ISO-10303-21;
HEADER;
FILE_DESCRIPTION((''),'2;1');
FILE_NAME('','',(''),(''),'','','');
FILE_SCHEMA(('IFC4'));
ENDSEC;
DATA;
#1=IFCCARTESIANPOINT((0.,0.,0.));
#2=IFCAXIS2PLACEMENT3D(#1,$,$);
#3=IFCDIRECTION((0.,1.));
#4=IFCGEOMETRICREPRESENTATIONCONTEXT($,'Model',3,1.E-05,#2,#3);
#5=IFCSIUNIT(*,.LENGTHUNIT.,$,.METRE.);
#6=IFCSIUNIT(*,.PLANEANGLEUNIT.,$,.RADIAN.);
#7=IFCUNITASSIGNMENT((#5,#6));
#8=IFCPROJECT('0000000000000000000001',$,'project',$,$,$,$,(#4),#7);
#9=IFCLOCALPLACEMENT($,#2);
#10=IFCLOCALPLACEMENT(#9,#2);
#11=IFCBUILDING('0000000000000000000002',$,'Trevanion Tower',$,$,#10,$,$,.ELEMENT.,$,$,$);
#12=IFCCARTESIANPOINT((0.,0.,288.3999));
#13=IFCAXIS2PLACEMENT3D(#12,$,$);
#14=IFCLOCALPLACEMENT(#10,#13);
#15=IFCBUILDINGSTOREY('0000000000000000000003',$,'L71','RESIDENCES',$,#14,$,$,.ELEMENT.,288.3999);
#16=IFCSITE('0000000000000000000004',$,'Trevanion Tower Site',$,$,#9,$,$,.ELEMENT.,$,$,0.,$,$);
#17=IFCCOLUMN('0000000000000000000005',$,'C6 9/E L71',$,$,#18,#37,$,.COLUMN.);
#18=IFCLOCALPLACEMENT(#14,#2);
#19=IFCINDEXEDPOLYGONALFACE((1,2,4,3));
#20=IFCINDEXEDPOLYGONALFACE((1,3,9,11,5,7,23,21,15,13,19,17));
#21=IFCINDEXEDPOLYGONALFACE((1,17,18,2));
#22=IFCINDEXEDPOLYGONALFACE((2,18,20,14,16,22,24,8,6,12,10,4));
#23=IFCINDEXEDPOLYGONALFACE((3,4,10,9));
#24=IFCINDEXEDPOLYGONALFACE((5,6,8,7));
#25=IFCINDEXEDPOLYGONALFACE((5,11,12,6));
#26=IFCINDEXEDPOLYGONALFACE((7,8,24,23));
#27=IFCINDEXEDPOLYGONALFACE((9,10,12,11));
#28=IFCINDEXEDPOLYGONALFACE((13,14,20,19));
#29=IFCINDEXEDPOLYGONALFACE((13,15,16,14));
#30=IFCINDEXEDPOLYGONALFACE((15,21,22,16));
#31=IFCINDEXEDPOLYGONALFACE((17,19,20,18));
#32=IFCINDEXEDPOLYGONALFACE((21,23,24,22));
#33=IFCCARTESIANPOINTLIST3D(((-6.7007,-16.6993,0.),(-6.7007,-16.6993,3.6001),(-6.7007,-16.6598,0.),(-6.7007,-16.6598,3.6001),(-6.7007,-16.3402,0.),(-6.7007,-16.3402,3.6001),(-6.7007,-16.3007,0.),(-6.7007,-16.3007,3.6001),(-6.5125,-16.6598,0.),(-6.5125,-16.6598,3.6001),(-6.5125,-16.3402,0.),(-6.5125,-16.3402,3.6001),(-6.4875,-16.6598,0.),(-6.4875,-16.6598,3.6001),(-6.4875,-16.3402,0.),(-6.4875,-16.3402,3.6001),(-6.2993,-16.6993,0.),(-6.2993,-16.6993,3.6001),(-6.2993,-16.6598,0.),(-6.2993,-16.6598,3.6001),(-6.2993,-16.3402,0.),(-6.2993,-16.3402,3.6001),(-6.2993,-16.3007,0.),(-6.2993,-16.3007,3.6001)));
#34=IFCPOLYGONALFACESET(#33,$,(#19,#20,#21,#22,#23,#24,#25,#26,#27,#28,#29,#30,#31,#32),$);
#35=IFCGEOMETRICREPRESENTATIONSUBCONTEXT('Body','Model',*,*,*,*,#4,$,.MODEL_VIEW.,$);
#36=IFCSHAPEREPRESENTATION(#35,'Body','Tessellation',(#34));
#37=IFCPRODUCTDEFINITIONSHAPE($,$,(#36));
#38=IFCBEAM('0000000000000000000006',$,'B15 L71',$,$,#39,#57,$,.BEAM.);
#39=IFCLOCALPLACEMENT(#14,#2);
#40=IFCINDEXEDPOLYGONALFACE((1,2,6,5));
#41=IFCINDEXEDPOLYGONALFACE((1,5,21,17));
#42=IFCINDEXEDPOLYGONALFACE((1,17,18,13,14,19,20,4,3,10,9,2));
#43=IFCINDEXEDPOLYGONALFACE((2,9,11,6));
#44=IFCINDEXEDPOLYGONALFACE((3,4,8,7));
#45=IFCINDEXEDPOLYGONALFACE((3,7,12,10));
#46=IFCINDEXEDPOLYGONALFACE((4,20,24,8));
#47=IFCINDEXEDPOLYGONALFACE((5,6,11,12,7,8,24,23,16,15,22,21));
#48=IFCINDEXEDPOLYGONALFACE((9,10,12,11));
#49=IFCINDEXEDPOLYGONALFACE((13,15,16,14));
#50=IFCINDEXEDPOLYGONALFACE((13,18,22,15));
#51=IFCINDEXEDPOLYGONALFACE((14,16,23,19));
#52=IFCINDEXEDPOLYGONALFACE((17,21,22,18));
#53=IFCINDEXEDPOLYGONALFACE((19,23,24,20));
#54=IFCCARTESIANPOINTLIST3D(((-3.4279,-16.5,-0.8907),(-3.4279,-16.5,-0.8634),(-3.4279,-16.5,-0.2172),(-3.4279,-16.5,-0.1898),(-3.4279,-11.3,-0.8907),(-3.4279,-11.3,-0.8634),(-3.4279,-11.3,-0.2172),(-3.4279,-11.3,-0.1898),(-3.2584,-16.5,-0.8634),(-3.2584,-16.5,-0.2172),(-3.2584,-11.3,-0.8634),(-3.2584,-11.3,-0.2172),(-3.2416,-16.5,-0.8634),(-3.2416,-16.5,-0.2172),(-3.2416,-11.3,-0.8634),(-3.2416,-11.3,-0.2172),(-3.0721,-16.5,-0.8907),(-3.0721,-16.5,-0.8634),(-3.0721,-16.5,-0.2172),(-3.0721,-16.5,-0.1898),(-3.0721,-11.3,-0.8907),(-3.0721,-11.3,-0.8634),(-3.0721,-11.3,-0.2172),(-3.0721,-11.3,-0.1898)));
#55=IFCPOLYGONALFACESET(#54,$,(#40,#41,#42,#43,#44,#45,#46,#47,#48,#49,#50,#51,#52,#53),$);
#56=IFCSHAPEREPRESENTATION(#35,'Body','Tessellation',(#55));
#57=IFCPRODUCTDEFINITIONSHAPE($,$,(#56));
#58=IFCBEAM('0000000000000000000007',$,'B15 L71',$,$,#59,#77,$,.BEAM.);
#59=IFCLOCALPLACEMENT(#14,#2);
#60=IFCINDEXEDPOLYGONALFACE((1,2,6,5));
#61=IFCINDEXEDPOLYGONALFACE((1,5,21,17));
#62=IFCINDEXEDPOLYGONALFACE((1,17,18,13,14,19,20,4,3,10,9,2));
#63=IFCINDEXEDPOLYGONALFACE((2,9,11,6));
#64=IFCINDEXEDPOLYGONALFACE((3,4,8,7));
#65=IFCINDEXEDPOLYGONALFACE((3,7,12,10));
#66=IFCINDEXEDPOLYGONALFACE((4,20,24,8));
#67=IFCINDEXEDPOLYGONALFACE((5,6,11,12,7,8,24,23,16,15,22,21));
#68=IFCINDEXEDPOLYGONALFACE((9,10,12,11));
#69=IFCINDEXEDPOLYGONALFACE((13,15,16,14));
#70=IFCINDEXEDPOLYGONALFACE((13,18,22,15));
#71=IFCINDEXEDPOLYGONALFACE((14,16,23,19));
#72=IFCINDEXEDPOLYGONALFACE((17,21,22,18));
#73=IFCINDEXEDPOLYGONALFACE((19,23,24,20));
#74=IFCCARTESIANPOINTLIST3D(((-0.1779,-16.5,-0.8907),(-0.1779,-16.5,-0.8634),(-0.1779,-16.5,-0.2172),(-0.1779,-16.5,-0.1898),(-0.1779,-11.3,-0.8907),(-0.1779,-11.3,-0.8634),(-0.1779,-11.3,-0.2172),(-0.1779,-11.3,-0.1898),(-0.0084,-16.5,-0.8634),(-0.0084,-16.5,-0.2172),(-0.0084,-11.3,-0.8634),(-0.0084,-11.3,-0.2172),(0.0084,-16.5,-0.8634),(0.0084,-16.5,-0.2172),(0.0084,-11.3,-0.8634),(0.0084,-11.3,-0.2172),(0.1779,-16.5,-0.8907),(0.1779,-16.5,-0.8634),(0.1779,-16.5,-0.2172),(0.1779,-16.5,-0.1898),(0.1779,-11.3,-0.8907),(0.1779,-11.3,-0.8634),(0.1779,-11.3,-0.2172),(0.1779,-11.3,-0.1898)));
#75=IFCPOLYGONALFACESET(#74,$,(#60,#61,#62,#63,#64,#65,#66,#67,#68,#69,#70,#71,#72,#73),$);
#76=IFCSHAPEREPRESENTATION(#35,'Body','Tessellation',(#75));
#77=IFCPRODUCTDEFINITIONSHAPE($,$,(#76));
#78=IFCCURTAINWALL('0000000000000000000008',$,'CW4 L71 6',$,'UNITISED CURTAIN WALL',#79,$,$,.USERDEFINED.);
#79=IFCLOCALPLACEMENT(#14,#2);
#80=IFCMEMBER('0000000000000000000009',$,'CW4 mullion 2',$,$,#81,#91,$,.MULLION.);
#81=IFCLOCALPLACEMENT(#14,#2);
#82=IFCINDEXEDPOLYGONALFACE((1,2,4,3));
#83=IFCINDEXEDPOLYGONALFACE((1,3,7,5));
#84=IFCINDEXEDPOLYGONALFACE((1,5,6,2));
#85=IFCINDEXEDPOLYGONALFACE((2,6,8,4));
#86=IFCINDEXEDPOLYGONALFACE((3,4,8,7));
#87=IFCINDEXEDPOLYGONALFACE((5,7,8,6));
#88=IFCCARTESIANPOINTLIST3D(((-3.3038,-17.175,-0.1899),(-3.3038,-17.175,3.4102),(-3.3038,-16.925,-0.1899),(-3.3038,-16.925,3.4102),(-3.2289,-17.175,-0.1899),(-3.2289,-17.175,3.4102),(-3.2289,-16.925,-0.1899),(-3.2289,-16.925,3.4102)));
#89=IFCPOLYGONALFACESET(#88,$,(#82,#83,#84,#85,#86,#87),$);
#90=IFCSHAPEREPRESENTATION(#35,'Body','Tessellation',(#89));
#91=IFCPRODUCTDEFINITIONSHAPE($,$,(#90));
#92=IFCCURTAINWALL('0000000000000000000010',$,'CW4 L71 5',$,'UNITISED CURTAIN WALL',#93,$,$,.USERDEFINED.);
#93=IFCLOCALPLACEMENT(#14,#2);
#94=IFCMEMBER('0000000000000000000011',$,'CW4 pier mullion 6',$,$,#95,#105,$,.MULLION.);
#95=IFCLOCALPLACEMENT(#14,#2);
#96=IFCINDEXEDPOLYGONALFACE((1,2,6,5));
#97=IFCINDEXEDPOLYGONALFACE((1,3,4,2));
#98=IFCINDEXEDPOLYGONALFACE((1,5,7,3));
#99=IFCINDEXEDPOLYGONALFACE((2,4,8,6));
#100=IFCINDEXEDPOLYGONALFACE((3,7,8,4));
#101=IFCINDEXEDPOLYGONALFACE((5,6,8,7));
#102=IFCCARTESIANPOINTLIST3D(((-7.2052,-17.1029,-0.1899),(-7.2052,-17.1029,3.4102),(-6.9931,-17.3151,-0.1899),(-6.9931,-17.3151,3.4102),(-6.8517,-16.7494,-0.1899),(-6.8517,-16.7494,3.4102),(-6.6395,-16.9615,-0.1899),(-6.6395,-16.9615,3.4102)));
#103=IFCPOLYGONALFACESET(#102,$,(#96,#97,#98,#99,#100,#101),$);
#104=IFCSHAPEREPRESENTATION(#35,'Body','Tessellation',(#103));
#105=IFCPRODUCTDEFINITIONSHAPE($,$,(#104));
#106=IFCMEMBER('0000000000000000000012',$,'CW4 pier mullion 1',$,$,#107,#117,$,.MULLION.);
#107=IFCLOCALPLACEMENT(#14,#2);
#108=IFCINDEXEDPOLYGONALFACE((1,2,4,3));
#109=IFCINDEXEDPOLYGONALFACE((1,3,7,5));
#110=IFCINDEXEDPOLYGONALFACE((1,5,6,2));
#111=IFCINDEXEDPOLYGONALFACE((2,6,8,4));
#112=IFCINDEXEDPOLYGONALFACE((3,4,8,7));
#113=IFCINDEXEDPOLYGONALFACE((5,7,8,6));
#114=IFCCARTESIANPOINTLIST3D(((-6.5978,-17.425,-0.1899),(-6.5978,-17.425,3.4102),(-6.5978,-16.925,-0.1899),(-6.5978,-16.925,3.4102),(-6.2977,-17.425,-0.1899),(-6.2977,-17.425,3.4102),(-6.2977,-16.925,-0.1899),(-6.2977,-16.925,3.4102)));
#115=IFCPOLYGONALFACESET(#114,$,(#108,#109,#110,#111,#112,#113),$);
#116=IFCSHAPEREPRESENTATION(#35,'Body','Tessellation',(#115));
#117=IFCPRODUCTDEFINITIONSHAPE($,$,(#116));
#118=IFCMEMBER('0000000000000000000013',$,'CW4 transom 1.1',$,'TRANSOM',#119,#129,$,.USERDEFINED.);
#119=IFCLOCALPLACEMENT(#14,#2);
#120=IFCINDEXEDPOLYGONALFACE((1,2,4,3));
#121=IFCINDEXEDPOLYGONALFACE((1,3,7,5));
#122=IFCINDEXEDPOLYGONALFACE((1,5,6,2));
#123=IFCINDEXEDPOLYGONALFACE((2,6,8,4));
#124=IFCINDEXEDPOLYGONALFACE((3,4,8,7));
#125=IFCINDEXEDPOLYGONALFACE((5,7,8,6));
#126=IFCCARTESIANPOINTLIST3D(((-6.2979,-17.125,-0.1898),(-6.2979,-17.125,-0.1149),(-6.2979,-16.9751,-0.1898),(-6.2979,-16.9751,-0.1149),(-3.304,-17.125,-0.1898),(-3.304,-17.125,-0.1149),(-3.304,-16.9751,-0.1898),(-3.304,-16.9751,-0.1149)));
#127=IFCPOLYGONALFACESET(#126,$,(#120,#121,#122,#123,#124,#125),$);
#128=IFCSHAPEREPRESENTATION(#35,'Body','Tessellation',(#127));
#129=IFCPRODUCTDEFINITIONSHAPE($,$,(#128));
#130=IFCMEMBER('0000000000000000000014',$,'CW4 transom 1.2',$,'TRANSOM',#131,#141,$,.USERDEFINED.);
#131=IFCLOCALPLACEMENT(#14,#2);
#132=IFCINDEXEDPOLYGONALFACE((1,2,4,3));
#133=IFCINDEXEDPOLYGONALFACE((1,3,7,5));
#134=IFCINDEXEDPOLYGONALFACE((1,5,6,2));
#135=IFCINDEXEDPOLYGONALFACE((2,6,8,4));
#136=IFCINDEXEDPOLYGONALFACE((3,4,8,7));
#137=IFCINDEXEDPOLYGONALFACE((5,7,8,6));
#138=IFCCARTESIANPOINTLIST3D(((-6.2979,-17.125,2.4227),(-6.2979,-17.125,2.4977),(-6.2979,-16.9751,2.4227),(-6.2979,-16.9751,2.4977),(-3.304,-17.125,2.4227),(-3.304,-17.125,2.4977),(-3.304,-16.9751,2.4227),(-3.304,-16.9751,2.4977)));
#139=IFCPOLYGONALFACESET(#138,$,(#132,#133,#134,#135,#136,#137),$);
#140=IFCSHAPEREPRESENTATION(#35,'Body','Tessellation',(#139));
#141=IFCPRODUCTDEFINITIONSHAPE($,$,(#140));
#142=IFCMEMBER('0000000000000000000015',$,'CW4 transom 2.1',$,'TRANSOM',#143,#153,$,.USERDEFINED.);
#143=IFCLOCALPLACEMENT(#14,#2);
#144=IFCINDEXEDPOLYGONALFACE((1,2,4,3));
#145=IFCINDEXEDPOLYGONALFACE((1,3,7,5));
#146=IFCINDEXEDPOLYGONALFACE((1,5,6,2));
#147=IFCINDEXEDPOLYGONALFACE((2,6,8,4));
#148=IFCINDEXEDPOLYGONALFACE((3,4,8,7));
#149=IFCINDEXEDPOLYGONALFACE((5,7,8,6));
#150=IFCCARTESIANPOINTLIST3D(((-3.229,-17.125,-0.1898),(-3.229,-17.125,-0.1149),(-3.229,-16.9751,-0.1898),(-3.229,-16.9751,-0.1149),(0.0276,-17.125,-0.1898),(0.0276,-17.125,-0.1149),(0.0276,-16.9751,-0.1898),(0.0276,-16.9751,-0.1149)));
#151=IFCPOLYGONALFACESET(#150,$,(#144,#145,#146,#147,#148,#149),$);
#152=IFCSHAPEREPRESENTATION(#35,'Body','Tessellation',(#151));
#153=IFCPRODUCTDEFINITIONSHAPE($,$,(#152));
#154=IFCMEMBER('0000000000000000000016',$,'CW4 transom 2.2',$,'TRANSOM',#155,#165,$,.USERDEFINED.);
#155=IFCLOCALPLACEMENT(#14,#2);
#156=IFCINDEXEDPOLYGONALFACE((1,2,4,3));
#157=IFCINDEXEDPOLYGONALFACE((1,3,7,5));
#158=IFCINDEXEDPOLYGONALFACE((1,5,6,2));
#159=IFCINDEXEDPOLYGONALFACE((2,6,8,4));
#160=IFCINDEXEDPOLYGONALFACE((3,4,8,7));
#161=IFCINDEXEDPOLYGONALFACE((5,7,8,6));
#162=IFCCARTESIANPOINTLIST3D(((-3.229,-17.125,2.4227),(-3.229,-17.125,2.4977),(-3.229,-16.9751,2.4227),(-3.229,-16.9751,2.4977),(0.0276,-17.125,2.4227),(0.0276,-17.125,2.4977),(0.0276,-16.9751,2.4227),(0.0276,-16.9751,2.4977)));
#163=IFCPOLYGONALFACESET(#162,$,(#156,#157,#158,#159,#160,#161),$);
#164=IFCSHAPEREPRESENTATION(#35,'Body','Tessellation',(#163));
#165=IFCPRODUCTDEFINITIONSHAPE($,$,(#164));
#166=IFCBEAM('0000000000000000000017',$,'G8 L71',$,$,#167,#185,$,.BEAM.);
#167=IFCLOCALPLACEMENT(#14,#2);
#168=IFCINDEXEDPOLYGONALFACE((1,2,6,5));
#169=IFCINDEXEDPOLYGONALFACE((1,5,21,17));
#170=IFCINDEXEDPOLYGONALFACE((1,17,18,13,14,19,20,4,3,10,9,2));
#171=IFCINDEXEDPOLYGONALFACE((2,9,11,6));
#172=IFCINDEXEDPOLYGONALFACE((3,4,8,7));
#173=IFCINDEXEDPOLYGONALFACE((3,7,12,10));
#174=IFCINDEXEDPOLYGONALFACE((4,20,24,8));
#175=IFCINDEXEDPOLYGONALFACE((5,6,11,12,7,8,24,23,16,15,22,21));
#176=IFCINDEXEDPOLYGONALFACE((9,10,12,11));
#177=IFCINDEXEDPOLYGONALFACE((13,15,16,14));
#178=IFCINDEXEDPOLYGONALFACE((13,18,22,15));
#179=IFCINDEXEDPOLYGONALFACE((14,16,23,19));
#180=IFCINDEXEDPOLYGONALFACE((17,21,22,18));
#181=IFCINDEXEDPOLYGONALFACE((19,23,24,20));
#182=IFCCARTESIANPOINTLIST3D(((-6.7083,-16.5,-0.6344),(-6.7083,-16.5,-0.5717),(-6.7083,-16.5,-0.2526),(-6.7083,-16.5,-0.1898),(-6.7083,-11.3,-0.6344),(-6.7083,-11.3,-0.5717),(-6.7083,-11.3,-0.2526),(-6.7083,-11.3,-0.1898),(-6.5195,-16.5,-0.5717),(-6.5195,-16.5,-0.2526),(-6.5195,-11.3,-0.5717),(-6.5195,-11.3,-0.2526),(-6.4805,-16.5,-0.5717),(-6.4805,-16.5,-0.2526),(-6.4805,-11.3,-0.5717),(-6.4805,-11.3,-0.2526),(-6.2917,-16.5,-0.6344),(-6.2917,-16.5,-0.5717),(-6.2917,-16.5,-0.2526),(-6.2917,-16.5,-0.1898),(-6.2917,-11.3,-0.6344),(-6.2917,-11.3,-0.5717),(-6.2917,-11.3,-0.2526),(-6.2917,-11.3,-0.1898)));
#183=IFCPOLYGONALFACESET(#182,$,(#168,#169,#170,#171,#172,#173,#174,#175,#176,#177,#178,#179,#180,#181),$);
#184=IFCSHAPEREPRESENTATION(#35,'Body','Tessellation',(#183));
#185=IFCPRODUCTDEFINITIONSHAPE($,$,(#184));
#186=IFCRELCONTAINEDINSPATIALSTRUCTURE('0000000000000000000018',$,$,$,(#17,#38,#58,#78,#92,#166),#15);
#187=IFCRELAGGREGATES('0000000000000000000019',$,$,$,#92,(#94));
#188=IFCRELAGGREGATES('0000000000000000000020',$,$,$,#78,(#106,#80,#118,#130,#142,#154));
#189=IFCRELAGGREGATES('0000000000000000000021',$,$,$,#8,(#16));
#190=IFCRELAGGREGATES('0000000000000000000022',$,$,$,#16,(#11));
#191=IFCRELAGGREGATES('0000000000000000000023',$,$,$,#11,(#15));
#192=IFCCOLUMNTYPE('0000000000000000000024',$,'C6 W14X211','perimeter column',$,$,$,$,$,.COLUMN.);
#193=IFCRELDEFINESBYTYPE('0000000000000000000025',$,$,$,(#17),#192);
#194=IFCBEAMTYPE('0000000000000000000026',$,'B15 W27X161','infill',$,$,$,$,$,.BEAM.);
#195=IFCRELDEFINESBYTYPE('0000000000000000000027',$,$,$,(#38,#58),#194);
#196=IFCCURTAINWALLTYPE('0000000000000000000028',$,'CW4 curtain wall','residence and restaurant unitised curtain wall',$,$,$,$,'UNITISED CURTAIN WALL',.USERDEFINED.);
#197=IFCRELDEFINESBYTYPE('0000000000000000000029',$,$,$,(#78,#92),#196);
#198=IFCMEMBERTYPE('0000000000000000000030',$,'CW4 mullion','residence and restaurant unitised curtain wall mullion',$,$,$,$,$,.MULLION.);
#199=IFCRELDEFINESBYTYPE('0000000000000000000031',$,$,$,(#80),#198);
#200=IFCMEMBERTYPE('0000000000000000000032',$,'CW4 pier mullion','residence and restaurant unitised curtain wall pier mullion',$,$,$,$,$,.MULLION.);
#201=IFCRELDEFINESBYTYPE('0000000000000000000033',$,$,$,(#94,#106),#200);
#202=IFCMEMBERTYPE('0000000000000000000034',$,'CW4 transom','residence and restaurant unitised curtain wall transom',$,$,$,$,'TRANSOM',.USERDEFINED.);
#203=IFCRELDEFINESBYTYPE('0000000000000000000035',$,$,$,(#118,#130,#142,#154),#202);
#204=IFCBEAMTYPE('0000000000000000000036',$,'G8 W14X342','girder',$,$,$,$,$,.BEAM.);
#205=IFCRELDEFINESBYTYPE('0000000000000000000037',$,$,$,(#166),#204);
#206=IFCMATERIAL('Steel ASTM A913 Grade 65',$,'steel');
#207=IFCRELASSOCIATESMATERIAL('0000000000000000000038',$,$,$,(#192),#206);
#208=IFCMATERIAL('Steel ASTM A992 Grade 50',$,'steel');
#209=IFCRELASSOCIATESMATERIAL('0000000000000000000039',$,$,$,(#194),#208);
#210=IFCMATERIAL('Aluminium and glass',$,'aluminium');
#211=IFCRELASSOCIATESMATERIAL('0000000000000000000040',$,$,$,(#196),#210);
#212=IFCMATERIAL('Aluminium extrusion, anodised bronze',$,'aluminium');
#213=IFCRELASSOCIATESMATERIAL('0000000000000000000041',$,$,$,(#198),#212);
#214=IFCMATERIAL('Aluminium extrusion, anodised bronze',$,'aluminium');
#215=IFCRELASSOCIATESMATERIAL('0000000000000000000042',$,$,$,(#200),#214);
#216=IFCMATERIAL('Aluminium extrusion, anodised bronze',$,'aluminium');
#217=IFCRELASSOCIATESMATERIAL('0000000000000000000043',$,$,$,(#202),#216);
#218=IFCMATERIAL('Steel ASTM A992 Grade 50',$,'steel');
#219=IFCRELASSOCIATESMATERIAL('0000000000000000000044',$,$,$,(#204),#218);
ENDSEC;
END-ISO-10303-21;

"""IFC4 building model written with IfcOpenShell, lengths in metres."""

from ifc_helpers import new_model, si_unit, direction, frame, origin, origin_2d, place, context, subcontext, project, spatial, rectangle, i_section, extrude, material, material_profile, profile_set, type_object, element, aggregate, save


model = new_model("IFC4")

# Units and contexts
model_context = context("Model", 3, precision=1e-05, world=origin(), true_north=direction((0.0, 1.0)))
body_context = subcontext(model_context, "Body", "Model", "MODEL_VIEW")
ifc_project = project(units=[si_unit("LENGTHUNIT", "METRE"), si_unit("PLANEANGLEUNIT", "RADIAN")], contexts=[model_context])

# Site, building, storey
site_placement = place(None, origin())
site = spatial("IfcSite", under=ifc_project, at=site_placement, Name="Trevanion Tower Site", CompositionType="ELEMENT", RefElevation=0.0)
building_placement = place(site_placement, origin())
building = spatial("IfcBuilding", under=site, at=building_placement, Name="Trevanion Tower", CompositionType="ELEMENT")
storey_placement = place(building_placement, frame((0.0, 0.0, 288.3999)))
storey = spatial("IfcBuildingStorey", under=building, at=storey_placement, Name="L71", Description="RESIDENCES", CompositionType="ELEMENT", Elevation=288.3999)

# Column
ifc_material_1 = material(Name="Steel ASTM A913 Grade 65", Category="steel")
ifc_material_profile_1 = material_profile(ifc_material_1, i_section(OverallWidth=0.4014, OverallDepth=0.3987, WebThickness=0.0249, FlangeThickness=0.0396, at=origin_2d()), Name="W14X211")
ifc_profile_set_1 = profile_set([ifc_material_profile_1], Name="Steel ASTM A913 Grade 65")
column_type = type_object("IfcColumnType", Name="C6 W14X211", Description="perimeter column", PredefinedType="COLUMN", material=ifc_profile_set_1)
column_placement = place(storey_placement, frame((-6.5, -16.5, 0.0), z_axis=(0.0, 0.0, 1.0), x_axis=(1.0, 0.0, 0.0)))
element("IfcColumn", 1, at=column_placement, inside=storey, type_object=column_type, Name="C6 9/E L71", PredefinedType="COLUMN", context=body_context, shape_type="SweptSolid", body=[
    extrude(i_section(OverallWidth=0.4014, OverallDepth=0.3987, WebThickness=0.0249, FlangeThickness=0.0396, at=origin_2d()), origin(), (0.0, 0.0, 1.0), 3.6001),
])

# Beams
ifc_material_2 = material(Name="Steel ASTM A992 Grade 50", Category="steel")
ifc_material_profile_2 = material_profile(ifc_material_2, i_section(OverallWidth=0.3557, OverallDepth=0.7009, WebThickness=0.0168, FlangeThickness=0.0273, at=origin_2d()), Name="W27X161")
ifc_profile_set_2 = profile_set([ifc_material_profile_2], Name="Steel ASTM A992 Grade 50")
beam_type_1 = type_object("IfcBeamType", Name="B15 W27X161", Description="infill", PredefinedType="BEAM", material=ifc_profile_set_2)
for number, where, z_axis, x_axis, name in (
    (2, (-3.25, -11.3, -0.5403), (0.0, -1.0, 0.0), (1.0, 0.0, 0.0), "B15 L71"),
    (3, (0.0, -11.3, -0.5403), (0.0, -1.0, 0.0), (1.0, 0.0, 0.0), "B15 L71"),
):
    element("IfcBeam", number, at=place(storey_placement, frame(where, z_axis=z_axis, x_axis=x_axis)), inside=storey, type_object=beam_type_1, Name=name, PredefinedType="BEAM", context=body_context, shape_type="SweptSolid", body=[
        extrude(i_section(OverallWidth=0.3557, OverallDepth=0.7009, WebThickness=0.0168, FlangeThickness=0.0273, at=origin_2d()), origin(), (0.0, 0.0, 1.0), 5.2),
    ])

# Curtain walls, members
ifc_material_3 = material(Name="Aluminium and glass", Category="aluminium")
curtain_wall_type = type_object("IfcCurtainWallType", Name="CW4 curtain wall", Description="residence and restaurant unitised curtain wall", ElementType="UNITISED CURTAIN WALL", PredefinedType="USERDEFINED", material=ifc_material_3)
curtain_wall_1_placement = place(storey_placement, origin())
curtain_wall_1 = element("IfcCurtainWall", 4, at=curtain_wall_1_placement, inside=storey, type_object=curtain_wall_type, Name="CW4 L71 6", ObjectType="UNITISED CURTAIN WALL", PredefinedType="USERDEFINED")
ifc_material_4 = material(Name="Aluminium extrusion, anodised bronze", Category="aluminium")
ifc_material_profile_3 = material_profile(ifc_material_4, rectangle(XDim=0.075, YDim=0.25, at=origin_2d()), Name="CW4 mullion")
ifc_profile_set_3 = profile_set([ifc_material_profile_3], Name="Aluminium extrusion, anodised bronze")
member_type_1 = type_object("IfcMemberType", Name="CW4 mullion", Description="residence and restaurant unitised curtain wall mullion", PredefinedType="MULLION", material=ifc_profile_set_3)
member_1_placement = place(storey_placement, frame((-3.2664, -17.05, -0.1899), z_axis=(0.0, 0.0, 1.0), x_axis=(1.0, 0.0, 0.0)))
member_1 = element("IfcMember", 5, at=member_1_placement, type_object=member_type_1, Name="CW4 mullion 2", PredefinedType="MULLION", context=body_context, shape_type="SweptSolid", body=[
    extrude(rectangle(XDim=0.075, YDim=0.25, at=origin_2d()), origin(), (0.0, 0.0, 1.0), 3.6001),
])
curtain_wall_2_placement = place(storey_placement, origin())
curtain_wall_2 = element("IfcCurtainWall", 6, at=curtain_wall_2_placement, inside=storey, type_object=curtain_wall_type, Name="CW4 L71 5", ObjectType="UNITISED CURTAIN WALL", PredefinedType="USERDEFINED")
ifc_material_5 = material(Name="Aluminium extrusion, anodised bronze", Category="aluminium")
ifc_material_profile_4 = material_profile(ifc_material_5, rectangle(XDim=0.3, YDim=0.5, at=origin_2d()), Name="CW4 pier mullion")
ifc_profile_set_4 = profile_set([ifc_material_profile_4], Name="Aluminium extrusion, anodised bronze")
member_type_2 = type_object("IfcMemberType", Name="CW4 pier mullion", Description="residence and restaurant unitised curtain wall pier mullion", PredefinedType="MULLION", material=ifc_profile_set_4)
member_2_placement = place(storey_placement, frame((-6.9224, -17.0322, -0.1899), z_axis=(0.0, 0.0, 1.0), x_axis=(0.707107, -0.707107, 0.0)))
member_2 = element("IfcMember", 7, at=member_2_placement, type_object=member_type_2, Name="CW4 pier mullion 6", PredefinedType="MULLION", context=body_context, shape_type="SweptSolid", body=[
    extrude(rectangle(XDim=0.3, YDim=0.5, at=origin_2d()), origin(), (0.0, 0.0, 1.0), 3.6001),
])

# Members
member_3_placement = place(storey_placement, frame((-6.4478, -17.175, -0.1899), z_axis=(0.0, 0.0, 1.0), x_axis=(1.0, 0.0, 0.0)))
member_3 = element("IfcMember", 8, at=member_3_placement, type_object=member_type_2, Name="CW4 pier mullion 1", PredefinedType="MULLION", context=body_context, shape_type="SweptSolid", body=[
    extrude(rectangle(XDim=0.3, YDim=0.5, at=origin_2d()), origin(), (0.0, 0.0, 1.0), 3.6001),
])
ifc_material_6 = material(Name="Aluminium extrusion, anodised bronze", Category="aluminium")
ifc_material_profile_5 = material_profile(ifc_material_6, rectangle(XDim=0.1499, YDim=0.075, at=origin_2d()), Name="CW4 transom")
ifc_profile_set_5 = profile_set([ifc_material_profile_5], Name="Aluminium extrusion, anodised bronze")
member_type_3 = type_object("IfcMemberType", Name="CW4 transom", Description="residence and restaurant unitised curtain wall transom", ElementType="TRANSOM", PredefinedType="USERDEFINED", material=ifc_profile_set_5)
member_4_placement = place(storey_placement, frame((-6.2979, -17.05, -0.1523), z_axis=(1.0, 0.0, 0.0), x_axis=(0.0, 1.0, 0.0)))
member_4 = element("IfcMember", 9, at=member_4_placement, type_object=member_type_3, Name="CW4 transom 1.1", ObjectType="TRANSOM", PredefinedType="USERDEFINED", context=body_context, shape_type="SweptSolid", body=[
    extrude(rectangle(XDim=0.1499, YDim=0.075, at=origin_2d()), origin(), (0.0, 0.0, 1.0), 2.9939),
])
member_5_placement = place(storey_placement, frame((-6.2979, -17.05, 2.4602), z_axis=(1.0, 0.0, 0.0), x_axis=(0.0, 1.0, 0.0)))
member_5 = element("IfcMember", 10, at=member_5_placement, type_object=member_type_3, Name="CW4 transom 1.2", ObjectType="TRANSOM", PredefinedType="USERDEFINED", context=body_context, shape_type="SweptSolid", body=[
    extrude(rectangle(XDim=0.1499, YDim=0.075, at=origin_2d()), origin(), (0.0, 0.0, 1.0), 2.9939),
])
member_6_placement = place(storey_placement, frame((-3.229, -17.05, -0.1523), z_axis=(1.0, 0.0, 0.0), x_axis=(0.0, 1.0, 0.0)))
member_6 = element("IfcMember", 11, at=member_6_placement, type_object=member_type_3, Name="CW4 transom 2.1", ObjectType="TRANSOM", PredefinedType="USERDEFINED", context=body_context, shape_type="SweptSolid", body=[
    extrude(rectangle(XDim=0.1499, YDim=0.075, at=origin_2d()), origin(), (0.0, 0.0, 1.0), 3.2566),
])
member_7_placement = place(storey_placement, frame((-3.229, -17.05, 2.4602), z_axis=(1.0, 0.0, 0.0), x_axis=(0.0, 1.0, 0.0)))
member_7 = element("IfcMember", 12, at=member_7_placement, type_object=member_type_3, Name="CW4 transom 2.2", ObjectType="TRANSOM", PredefinedType="USERDEFINED", context=body_context, shape_type="SweptSolid", body=[
    extrude(rectangle(XDim=0.1499, YDim=0.075, at=origin_2d()), origin(), (0.0, 0.0, 1.0), 3.2566),
])

# Beam
ifc_material_7 = material(Name="Steel ASTM A992 Grade 50", Category="steel")
ifc_material_profile_6 = material_profile(ifc_material_7, i_section(OverallWidth=0.4165, OverallDepth=0.4446, WebThickness=0.0391, FlangeThickness=0.0627, at=origin_2d()), Name="W14X342")
ifc_profile_set_6 = profile_set([ifc_material_profile_6], Name="Steel ASTM A992 Grade 50")
beam_type_2 = type_object("IfcBeamType", Name="G8 W14X342", Description="girder", PredefinedType="BEAM", material=ifc_profile_set_6)
beam_1_placement = place(storey_placement, frame((-6.5, -11.3, -0.4121), z_axis=(0.0, -1.0, 0.0), x_axis=(1.0, 0.0, 0.0)))
element("IfcBeam", 13, at=beam_1_placement, inside=storey, type_object=beam_type_2, Name="G8 L71", PredefinedType="BEAM", context=body_context, shape_type="SweptSolid", body=[
    extrude(i_section(OverallWidth=0.4165, OverallDepth=0.4446, WebThickness=0.0391, FlangeThickness=0.0627, at=origin_2d()), origin(), (0.0, 0.0, 1.0), 5.2),
])

aggregate(curtain_wall_2, [member_2])
aggregate(curtain_wall_1, [member_3, member_1, member_4, member_5, member_6, member_7])

save(model, "model.ifc")
